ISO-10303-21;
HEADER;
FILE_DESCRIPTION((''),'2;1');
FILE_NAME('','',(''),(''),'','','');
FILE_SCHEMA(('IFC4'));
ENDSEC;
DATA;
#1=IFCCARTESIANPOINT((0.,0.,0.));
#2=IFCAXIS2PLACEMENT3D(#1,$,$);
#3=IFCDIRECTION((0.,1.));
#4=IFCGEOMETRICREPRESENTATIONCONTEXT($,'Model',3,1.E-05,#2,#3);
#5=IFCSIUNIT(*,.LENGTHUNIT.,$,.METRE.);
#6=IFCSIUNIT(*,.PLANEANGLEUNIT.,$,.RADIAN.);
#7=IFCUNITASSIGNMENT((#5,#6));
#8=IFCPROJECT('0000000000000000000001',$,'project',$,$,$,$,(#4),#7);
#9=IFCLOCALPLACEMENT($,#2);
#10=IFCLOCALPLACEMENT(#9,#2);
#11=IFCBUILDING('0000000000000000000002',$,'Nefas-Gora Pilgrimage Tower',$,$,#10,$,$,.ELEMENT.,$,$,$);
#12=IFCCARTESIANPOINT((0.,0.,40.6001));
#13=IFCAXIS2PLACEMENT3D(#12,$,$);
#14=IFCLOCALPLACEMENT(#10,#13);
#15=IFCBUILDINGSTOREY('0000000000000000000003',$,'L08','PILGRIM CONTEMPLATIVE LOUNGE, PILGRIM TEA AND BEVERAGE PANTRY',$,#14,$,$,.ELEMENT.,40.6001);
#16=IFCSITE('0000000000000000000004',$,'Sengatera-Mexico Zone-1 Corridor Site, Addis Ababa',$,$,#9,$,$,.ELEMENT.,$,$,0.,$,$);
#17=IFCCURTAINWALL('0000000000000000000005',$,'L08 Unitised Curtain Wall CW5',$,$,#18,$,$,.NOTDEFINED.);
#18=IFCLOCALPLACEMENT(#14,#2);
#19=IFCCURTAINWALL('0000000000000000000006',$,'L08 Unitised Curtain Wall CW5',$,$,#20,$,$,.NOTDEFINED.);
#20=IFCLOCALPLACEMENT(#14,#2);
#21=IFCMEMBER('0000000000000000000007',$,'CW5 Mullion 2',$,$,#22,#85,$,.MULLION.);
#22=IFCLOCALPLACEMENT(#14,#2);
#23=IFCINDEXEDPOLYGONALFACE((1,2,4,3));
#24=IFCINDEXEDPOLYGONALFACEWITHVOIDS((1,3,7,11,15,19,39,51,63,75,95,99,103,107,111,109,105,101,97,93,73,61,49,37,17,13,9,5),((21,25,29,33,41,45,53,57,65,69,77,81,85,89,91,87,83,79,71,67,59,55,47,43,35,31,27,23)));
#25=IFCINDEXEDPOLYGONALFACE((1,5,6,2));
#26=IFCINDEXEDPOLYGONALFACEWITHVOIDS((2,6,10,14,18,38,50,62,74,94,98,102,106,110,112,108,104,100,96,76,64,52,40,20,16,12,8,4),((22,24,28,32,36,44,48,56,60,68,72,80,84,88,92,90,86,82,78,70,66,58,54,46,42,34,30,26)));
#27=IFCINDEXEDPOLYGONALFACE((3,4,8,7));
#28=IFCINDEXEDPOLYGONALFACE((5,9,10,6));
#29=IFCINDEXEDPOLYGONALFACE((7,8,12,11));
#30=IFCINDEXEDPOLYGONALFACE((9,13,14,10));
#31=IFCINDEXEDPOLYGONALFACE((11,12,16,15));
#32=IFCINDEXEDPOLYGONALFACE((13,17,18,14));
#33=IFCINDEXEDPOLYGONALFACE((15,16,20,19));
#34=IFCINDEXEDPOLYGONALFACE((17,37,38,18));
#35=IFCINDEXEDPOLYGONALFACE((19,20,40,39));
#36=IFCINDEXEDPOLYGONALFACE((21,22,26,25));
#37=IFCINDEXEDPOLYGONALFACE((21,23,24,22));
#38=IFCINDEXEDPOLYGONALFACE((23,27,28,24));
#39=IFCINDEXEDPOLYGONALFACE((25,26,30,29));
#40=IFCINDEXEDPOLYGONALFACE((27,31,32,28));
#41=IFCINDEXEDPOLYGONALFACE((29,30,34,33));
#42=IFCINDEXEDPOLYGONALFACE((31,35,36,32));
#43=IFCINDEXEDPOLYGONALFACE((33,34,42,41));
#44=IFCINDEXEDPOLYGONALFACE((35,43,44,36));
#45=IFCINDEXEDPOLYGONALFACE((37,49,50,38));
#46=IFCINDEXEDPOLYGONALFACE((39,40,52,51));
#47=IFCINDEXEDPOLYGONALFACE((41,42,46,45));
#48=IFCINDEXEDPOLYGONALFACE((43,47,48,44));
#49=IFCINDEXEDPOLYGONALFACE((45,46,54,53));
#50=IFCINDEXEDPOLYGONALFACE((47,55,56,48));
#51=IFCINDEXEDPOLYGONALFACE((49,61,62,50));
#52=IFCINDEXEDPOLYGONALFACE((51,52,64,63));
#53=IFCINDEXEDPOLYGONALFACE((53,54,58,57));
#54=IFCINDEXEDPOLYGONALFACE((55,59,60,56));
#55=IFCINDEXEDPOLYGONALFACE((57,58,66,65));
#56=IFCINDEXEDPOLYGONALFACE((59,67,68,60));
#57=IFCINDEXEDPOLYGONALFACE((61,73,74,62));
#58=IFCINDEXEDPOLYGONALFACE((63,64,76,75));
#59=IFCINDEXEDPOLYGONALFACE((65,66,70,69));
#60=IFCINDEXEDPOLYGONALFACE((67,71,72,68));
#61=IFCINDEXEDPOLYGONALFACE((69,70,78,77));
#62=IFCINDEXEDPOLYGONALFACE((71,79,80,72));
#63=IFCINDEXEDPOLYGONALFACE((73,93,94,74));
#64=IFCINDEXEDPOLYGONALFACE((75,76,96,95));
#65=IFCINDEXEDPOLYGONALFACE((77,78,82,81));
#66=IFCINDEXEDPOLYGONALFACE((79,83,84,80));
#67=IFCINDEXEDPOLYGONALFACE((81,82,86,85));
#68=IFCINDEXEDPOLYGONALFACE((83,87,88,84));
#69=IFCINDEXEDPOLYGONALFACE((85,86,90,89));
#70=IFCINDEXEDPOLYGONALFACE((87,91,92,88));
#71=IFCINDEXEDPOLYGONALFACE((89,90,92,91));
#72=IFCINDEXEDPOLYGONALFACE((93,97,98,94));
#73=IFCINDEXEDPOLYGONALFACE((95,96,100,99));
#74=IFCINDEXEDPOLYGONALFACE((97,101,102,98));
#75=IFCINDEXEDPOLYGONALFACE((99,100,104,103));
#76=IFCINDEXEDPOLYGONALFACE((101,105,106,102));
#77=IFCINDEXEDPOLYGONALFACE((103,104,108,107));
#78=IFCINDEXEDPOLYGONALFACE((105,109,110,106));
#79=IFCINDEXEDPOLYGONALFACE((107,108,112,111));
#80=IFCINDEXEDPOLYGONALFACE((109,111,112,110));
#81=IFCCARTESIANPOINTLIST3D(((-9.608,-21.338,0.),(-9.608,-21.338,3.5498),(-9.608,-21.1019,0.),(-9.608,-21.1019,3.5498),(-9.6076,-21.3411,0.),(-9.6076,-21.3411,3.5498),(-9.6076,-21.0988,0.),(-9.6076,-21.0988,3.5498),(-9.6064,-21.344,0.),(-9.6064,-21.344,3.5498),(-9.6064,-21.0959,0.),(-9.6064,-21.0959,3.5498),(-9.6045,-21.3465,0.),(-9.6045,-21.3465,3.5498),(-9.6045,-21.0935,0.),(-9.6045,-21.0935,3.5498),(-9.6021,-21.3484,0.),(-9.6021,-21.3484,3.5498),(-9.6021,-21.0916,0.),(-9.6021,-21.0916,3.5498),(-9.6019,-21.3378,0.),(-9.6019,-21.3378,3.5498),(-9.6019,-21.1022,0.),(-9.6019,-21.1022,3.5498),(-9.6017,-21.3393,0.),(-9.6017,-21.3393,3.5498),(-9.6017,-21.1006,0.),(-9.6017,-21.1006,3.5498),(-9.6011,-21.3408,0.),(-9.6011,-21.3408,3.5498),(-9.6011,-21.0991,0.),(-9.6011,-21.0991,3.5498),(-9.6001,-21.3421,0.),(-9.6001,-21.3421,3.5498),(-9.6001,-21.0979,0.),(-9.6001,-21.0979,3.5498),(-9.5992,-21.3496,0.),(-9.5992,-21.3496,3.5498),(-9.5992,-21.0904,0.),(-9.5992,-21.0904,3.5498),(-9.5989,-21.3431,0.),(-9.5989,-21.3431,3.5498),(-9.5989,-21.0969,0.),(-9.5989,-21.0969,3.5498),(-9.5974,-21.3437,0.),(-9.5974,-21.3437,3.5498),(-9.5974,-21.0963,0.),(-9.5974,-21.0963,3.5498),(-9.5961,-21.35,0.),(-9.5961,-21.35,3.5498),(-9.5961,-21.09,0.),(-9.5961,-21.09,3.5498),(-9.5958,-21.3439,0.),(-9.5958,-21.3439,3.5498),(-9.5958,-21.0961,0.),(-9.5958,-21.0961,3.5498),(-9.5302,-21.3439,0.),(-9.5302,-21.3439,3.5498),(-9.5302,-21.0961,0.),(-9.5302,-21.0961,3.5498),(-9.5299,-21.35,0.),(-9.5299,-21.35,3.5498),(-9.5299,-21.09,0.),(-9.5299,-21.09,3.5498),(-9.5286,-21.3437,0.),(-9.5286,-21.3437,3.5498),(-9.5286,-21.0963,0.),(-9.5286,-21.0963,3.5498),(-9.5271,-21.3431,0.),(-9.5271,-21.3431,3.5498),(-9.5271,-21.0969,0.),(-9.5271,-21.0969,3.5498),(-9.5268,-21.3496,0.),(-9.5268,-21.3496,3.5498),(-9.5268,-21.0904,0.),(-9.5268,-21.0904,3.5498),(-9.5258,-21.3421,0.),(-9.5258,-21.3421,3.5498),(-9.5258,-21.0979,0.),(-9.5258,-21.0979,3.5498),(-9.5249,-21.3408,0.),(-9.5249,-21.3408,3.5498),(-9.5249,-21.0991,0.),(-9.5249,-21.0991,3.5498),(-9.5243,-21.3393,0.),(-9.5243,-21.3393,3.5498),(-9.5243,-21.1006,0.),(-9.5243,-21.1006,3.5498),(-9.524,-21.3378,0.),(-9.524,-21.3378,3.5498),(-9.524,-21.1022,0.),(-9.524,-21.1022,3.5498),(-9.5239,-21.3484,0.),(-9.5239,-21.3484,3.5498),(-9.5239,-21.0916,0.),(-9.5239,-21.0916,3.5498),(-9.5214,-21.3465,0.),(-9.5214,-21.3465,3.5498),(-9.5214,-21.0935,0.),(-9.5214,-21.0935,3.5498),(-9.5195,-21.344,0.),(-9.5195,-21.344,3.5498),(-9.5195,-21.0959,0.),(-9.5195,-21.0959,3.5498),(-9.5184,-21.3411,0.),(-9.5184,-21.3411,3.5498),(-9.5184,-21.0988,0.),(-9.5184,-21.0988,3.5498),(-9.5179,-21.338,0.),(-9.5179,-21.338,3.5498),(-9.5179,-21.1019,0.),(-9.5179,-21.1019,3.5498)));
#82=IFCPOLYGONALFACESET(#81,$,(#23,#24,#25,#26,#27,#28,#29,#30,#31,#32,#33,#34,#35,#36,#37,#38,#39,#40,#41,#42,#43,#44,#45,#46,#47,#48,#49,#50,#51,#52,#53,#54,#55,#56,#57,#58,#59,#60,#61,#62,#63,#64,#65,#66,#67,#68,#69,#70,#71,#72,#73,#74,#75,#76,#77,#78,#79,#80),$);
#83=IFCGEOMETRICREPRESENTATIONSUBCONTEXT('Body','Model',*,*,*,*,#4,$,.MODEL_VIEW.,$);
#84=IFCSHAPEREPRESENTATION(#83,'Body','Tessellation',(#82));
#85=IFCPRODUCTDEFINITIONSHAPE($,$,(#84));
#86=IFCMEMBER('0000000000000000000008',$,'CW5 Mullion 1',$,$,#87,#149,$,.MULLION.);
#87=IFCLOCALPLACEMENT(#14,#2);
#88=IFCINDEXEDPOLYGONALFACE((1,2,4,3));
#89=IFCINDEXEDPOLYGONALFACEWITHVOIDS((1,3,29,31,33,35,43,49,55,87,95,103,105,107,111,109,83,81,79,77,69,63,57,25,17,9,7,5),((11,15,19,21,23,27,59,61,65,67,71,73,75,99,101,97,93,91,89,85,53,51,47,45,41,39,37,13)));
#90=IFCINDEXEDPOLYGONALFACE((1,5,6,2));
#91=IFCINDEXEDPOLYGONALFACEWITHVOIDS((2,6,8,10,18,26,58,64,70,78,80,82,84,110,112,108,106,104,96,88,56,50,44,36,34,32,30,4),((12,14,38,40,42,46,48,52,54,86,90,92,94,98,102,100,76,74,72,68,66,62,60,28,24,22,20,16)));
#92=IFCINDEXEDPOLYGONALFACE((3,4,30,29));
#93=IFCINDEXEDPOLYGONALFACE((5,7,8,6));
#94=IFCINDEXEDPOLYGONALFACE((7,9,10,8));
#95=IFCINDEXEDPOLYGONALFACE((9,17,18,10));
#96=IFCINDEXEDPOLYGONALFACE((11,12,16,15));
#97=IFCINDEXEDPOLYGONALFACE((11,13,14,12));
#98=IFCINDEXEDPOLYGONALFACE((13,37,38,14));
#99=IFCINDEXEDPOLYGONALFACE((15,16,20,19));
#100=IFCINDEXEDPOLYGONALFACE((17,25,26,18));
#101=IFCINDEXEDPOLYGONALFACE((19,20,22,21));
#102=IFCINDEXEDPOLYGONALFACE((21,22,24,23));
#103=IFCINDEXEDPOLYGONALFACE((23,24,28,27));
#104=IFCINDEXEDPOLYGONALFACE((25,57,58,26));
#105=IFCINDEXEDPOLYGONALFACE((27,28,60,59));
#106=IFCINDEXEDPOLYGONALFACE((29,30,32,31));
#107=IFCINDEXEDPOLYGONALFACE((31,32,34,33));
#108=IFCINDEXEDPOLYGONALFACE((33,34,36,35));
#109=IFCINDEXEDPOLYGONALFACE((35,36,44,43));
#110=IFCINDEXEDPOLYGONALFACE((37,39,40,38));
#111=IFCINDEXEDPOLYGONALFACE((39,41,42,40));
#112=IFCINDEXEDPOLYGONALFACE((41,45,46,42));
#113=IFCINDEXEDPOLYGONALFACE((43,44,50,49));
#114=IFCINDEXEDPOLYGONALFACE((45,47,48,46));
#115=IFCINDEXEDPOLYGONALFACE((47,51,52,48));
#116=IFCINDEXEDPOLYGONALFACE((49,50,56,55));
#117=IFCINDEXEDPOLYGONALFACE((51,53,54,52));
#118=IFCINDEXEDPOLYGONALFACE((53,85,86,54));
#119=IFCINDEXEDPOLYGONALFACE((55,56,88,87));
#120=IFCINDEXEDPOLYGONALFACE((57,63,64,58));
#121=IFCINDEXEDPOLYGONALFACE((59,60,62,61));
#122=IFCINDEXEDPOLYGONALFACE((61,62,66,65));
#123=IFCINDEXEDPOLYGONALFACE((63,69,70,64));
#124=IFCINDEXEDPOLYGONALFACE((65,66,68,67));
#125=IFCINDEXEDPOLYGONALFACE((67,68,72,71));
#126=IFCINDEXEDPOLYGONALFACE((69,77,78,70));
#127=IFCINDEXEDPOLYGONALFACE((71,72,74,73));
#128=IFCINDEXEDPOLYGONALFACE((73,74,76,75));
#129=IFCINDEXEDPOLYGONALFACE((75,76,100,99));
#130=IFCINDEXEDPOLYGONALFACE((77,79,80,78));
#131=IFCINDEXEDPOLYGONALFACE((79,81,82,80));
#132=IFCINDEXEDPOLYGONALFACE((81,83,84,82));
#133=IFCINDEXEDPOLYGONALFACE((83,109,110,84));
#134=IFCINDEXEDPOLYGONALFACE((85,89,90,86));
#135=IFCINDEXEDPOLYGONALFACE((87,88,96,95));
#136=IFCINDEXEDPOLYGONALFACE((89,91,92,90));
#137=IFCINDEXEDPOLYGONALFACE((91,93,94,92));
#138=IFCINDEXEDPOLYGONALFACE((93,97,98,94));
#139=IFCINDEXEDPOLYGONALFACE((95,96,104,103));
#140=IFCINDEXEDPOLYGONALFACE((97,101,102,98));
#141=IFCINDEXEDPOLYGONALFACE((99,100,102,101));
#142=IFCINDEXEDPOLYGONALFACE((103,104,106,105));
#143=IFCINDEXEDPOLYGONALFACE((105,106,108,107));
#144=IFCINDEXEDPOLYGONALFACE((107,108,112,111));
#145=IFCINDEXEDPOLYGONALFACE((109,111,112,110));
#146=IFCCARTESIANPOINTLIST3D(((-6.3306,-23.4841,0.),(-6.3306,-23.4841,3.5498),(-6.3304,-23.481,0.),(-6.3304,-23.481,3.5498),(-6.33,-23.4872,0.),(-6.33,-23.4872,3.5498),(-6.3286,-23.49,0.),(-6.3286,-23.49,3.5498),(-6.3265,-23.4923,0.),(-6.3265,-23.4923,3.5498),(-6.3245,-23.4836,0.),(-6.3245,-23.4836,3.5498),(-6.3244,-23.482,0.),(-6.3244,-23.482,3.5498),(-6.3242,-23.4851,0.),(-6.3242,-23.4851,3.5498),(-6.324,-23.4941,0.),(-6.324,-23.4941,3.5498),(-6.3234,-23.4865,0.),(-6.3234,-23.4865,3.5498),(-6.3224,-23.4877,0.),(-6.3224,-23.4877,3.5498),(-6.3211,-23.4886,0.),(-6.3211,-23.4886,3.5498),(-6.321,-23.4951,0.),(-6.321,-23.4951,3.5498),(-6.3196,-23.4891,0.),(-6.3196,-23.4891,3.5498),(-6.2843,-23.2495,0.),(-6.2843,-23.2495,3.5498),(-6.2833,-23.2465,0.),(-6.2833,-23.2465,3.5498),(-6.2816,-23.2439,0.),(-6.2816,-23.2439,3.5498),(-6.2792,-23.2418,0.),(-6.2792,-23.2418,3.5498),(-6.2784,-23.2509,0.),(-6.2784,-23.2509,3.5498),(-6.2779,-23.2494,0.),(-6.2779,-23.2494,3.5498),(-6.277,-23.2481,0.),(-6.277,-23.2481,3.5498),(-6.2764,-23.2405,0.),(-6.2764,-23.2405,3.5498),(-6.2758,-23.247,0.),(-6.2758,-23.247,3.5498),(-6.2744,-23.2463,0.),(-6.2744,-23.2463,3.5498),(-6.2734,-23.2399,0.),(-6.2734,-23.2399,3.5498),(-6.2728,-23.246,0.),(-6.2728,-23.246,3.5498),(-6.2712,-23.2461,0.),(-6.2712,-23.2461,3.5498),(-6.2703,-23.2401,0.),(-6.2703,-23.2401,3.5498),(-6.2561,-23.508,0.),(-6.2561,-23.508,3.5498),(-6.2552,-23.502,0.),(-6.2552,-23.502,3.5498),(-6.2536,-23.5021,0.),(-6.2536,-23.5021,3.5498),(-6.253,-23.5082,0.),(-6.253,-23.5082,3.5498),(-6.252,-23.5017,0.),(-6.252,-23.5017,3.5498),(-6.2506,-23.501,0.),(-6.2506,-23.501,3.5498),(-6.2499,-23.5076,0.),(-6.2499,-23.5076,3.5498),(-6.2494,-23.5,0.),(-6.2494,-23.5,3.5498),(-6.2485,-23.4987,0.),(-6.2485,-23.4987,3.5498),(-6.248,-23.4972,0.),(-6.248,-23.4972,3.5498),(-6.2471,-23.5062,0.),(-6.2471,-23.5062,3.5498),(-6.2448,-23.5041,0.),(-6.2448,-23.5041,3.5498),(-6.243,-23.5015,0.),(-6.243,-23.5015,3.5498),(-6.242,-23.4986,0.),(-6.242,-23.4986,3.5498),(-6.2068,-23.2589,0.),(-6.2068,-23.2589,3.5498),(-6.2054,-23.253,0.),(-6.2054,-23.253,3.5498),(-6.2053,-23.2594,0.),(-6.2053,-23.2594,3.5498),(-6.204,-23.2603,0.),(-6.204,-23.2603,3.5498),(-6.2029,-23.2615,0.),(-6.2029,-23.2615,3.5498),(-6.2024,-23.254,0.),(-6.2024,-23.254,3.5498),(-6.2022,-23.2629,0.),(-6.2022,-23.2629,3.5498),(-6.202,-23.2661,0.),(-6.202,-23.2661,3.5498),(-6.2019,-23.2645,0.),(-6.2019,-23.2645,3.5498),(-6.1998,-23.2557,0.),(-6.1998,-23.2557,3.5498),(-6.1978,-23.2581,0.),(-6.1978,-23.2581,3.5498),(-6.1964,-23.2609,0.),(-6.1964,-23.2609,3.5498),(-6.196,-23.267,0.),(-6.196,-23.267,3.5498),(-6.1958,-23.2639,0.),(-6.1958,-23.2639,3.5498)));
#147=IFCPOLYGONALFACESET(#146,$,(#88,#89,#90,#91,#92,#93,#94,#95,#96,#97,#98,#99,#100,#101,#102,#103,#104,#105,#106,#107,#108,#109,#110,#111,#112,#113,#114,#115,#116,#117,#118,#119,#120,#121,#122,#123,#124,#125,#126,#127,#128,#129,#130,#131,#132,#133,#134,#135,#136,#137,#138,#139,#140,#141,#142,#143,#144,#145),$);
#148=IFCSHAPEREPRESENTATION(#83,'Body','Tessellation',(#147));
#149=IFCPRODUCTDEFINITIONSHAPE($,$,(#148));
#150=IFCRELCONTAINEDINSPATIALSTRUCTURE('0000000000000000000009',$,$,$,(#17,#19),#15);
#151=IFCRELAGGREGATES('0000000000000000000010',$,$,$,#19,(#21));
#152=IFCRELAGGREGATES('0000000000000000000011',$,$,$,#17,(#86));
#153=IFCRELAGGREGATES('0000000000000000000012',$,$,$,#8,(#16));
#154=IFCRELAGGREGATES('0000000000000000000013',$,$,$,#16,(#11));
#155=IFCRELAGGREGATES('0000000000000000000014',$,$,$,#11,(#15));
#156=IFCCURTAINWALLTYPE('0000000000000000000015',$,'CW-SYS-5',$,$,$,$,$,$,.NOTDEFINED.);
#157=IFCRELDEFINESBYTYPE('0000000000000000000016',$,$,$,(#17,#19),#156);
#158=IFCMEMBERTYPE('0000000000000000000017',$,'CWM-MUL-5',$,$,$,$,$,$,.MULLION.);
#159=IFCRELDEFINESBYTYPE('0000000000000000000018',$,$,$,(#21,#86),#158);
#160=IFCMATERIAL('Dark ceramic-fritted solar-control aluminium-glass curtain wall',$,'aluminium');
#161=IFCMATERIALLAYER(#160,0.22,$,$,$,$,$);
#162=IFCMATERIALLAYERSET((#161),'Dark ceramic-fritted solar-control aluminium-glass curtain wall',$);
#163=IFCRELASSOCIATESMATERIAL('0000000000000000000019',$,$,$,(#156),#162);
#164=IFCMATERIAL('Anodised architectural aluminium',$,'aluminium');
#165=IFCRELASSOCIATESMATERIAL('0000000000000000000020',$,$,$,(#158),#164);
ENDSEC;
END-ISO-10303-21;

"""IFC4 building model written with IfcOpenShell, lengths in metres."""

from ifc_helpers import new_model, si_unit, direction, frame, origin, origin_2d, place, context, subcontext, project, spatial, hollow_rectangle, extrude, source, transform, mapped, material, layer, layer_set, material_profile, profile_set, type_object, element, aggregate, save


model = new_model("IFC4")

# Units and contexts
model_context = context("Model", 3, precision=1e-05, world=origin(), true_north=direction((0.0, 1.0)))
body_context = subcontext(model_context, "Body", "Model", "MODEL_VIEW")
ifc_project = project(units=[si_unit("LENGTHUNIT", "METRE"), si_unit("PLANEANGLEUNIT", "RADIAN")], contexts=[model_context])

# Site, building, storey
site_placement = place(None, origin())
site = spatial("IfcSite", under=ifc_project, at=site_placement, Name="Sengatera-Mexico Zone-1 Corridor Site, Addis Ababa", CompositionType="ELEMENT", RefElevation=0.0)
building_placement = place(site_placement, origin())
building = spatial("IfcBuilding", under=site, at=building_placement, Name="Nefas-Gora Pilgrimage Tower", CompositionType="ELEMENT")
storey_placement = place(building_placement, frame((0.0, 0.0, 40.6001)))
storey = spatial("IfcBuildingStorey", under=building, at=storey_placement, Name="L08", Description="PILGRIM CONTEMPLATIVE LOUNGE, PILGRIM TEA AND BEVERAGE PANTRY", CompositionType="ELEMENT", Elevation=40.6001)

# Curtain walls, member
ifc_material_1 = material(Name="Dark ceramic-fritted solar-control aluminium-glass curtain wall", Category="aluminium")
ifc_layer_1 = layer(ifc_material_1, 0.22)
ifc_layer_set_1 = layer_set([ifc_layer_1], Name="Dark ceramic-fritted solar-control aluminium-glass curtain wall")
curtain_wall_type = type_object("IfcCurtainWallType", Name="CW-SYS-5", PredefinedType="NOTDEFINED", material=ifc_layer_set_1)
curtain_wall_1_placement = place(storey_placement, origin())
curtain_wall_1 = element("IfcCurtainWall", 1, at=curtain_wall_1_placement, inside=storey, type_object=curtain_wall_type, Name="L08 Unitised Curtain Wall CW5", PredefinedType="NOTDEFINED")
ifc_material_2 = material(Name="Anodised architectural aluminium", Category="aluminium")
curtain_wall_2_placement = place(storey_placement, origin())
curtain_wall_2 = element("IfcCurtainWall", 2, at=curtain_wall_2_placement, inside=storey, type_object=curtain_wall_type, Name="L08 Unitised Curtain Wall CW5", PredefinedType="NOTDEFINED")
ifc_material_profile_1 = material_profile(ifc_material_2, hollow_rectangle(XDim=0.0901, YDim=0.26, WallThickness=0.0061, InnerFilletRadius=0.0061, OuterFilletRadius=0.012, at=origin_2d()), Name="ALU MULLION 90x260")
ifc_profile_set_1 = profile_set([ifc_material_profile_1], Name="Anodised architectural aluminium")
member_type_1 = type_object("IfcMemberType", Name="CWM-MUL-5", PredefinedType="MULLION", material=ifc_profile_set_1)
shared_shape_1 = source(origin(), body_context, "Body", "SweptSolid", [
    extrude(hollow_rectangle(XDim=0.0901, YDim=0.26, WallThickness=0.0061, InnerFilletRadius=0.0061, OuterFilletRadius=0.012, at=origin_2d()), origin(), (0.0, 0.0, 1.0), 3.5498),
])
member_1_placement = place(storey_placement, frame((-9.563, -21.22, 0.0), z_axis=(0.0, 0.0, 1.0), x_axis=(1.0, 0.0, 0.0)))
member_1 = element("IfcMember", 3, at=member_1_placement, type_object=member_type_1, Name="CW5 Mullion 2", PredefinedType="MULLION", context=body_context, shape_type="MappedRepresentation", body=[
    mapped(shared_shape_1, transform((0.0, 0.0, 0.0), x_axis=(1.0, 0.0, 0.0), y_axis=(0.0, 1.0, 0.0), z_axis=(0.0, 0.0, 1.0), scale=1.0)),
])
aggregate(curtain_wall_2, [member_1])

# Member
member_2_placement = place(storey_placement, frame((-6.2632, -23.374, 0.0), z_axis=(0.0, 0.0, 1.0), x_axis=(0.980783, -0.195102, 0.0)))
member_2 = element("IfcMember", 4, at=member_2_placement, type_object=member_type_1, Name="CW5 Mullion 1", PredefinedType="MULLION", context=body_context, shape_type="MappedRepresentation", body=[
    mapped(shared_shape_1, transform((0.0, 0.0, 0.0), x_axis=(1.0, 0.0, 0.0), y_axis=(0.0, 1.0, 0.0), z_axis=(0.0, 0.0, 1.0), scale=1.0)),
])

aggregate(curtain_wall_1, [member_2])

save(model, "model.ifc")
